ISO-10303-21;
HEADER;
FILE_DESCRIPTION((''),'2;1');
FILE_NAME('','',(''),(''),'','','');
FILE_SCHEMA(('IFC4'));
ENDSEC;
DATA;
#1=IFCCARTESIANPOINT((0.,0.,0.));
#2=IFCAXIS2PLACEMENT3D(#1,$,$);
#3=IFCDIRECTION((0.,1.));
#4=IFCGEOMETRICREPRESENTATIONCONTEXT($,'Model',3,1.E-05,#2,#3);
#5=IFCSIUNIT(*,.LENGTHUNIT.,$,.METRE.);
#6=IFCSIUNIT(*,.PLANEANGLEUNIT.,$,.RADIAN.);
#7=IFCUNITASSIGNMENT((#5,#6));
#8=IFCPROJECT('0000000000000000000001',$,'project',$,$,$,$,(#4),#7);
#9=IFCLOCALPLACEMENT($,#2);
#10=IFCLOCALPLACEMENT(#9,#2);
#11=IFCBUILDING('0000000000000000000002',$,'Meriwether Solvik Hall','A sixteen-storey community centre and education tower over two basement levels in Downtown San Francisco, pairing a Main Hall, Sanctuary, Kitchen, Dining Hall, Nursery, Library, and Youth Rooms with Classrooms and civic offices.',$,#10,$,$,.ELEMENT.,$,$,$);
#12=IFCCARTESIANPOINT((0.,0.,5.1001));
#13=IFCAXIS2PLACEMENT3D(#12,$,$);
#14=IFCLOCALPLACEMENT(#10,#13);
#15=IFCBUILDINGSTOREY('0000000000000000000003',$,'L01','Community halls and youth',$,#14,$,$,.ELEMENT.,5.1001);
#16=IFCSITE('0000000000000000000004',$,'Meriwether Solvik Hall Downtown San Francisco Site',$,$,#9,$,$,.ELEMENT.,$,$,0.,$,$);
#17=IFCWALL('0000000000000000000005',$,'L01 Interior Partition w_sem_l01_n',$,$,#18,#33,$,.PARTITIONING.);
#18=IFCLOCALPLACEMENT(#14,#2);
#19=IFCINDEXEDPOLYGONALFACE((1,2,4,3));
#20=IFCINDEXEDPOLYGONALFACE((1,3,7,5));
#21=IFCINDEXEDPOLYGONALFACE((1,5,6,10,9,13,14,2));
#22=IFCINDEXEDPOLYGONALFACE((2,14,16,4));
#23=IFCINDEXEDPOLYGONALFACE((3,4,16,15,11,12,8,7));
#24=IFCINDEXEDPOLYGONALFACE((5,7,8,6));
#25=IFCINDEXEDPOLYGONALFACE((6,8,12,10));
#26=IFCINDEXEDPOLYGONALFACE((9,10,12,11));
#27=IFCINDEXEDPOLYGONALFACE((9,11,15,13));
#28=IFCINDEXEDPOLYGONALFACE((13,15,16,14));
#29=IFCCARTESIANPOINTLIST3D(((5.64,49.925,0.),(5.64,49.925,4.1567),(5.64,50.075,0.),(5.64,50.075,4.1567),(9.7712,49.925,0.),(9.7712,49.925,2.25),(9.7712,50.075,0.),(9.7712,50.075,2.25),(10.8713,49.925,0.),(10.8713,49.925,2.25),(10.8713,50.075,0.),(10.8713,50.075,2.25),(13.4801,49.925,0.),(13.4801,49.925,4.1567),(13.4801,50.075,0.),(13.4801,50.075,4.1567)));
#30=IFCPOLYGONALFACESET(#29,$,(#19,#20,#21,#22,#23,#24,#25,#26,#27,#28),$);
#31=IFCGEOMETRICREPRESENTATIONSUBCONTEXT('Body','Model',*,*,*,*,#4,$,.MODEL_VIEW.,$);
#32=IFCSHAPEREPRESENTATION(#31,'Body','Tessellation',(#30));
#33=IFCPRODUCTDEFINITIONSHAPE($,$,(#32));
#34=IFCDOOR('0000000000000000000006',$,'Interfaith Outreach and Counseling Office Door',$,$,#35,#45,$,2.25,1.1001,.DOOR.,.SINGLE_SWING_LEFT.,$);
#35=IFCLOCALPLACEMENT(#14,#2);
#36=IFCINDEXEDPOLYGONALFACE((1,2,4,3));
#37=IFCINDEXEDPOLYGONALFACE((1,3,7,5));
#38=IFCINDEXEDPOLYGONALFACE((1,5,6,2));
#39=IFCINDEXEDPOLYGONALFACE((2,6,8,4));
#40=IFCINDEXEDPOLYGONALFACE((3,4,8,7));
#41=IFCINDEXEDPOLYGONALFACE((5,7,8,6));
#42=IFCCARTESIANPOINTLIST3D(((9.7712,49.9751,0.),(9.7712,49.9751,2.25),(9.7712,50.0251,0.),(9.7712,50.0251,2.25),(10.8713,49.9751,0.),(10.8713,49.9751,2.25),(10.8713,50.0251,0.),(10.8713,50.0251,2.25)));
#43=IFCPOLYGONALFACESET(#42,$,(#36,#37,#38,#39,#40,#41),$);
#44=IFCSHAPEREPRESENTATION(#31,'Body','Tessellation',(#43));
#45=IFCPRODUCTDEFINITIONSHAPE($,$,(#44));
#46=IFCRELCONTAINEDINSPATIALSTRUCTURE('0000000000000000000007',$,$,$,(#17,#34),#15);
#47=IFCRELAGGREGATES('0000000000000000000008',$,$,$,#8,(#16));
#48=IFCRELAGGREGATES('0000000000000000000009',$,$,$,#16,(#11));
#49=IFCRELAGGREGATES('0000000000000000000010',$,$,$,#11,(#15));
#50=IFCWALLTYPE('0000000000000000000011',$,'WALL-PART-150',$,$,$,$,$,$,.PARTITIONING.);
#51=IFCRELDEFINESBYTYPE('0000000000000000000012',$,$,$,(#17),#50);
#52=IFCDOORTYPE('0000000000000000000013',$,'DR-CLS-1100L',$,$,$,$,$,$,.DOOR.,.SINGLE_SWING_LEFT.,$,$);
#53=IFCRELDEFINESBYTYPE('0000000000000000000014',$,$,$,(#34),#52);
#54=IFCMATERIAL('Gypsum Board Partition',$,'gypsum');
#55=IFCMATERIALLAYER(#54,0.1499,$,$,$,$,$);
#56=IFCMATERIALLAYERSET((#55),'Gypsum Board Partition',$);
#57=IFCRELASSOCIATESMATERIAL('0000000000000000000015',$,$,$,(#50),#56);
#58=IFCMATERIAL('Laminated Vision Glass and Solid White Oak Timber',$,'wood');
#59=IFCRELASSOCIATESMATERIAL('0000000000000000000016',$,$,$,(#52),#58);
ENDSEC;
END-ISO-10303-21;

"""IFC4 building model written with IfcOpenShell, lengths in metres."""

from ifc_helpers import new_model, si_unit, direction, frame, frame_2d, origin, place, context, subcontext, project, spatial, rectangle, extrude, material, layer, layer_set, type_object, element, fill, save


model = new_model("IFC4")

# Units and contexts
model_context = context("Model", 3, precision=1e-05, world=origin(), true_north=direction((0.0, 1.0)))
body_context = subcontext(model_context, "Body", "Model", "MODEL_VIEW")
ifc_project = project(units=[si_unit("LENGTHUNIT", "METRE"), si_unit("PLANEANGLEUNIT", "RADIAN")], contexts=[model_context])

# Site, building, storey
site_placement = place(None, origin())
site = spatial("IfcSite", under=ifc_project, at=site_placement, Name="Meriwether Solvik Hall Downtown San Francisco Site", CompositionType="ELEMENT", RefElevation=0.0)
building_placement = place(site_placement, origin())
building = spatial("IfcBuilding", under=site, at=building_placement, Name="Meriwether Solvik Hall", Description="A sixteen-storey community centre and education tower over two basement levels in Downtown San Francisco, pairing a Main Hall, Sanctuary, Kitchen, Dining Hall, Nursery, Library, and Youth Rooms with Classrooms and civic offices.", CompositionType="ELEMENT")
storey_placement = place(building_placement, frame((0.0, 0.0, 5.1001)))
storey = spatial("IfcBuildingStorey", under=building, at=storey_placement, Name="L01", Description="Community halls and youth", CompositionType="ELEMENT", Elevation=5.1001)

# Shared definitions
ifc_material_1 = material(Name="Gypsum Board Partition", Category="gypsum")
ifc_layer_1 = layer(ifc_material_1, 0.1499)
ifc_layer_set_1 = layer_set([ifc_layer_1], Name="Gypsum Board Partition")
wall_type_1 = type_object("IfcWallType", Name="WALL-PART-150", PredefinedType="PARTITIONING", material=ifc_layer_set_1)

# Wall, opening, door
wall_1_placement = place(storey_placement, frame((13.48, 50.0, 0.0), z_axis=(0.0, 0.0, 1.0), x_axis=(-1.0, 0.0, 0.0)))
wall_1 = element("IfcWall", 1, at=wall_1_placement, inside=storey, type_object=wall_type_1, Name="L01 Interior Partition w_sem_l01_n", PredefinedType="PARTITIONING", context=body_context, shape_type="SweptSolid", body=[
    extrude(rectangle(XDim=7.8401, YDim=0.1499, at=frame_2d((3.9199, 0.0))), origin(), (0.0, 0.0, 1.0), 4.1567),
])
opening_1_placement = place(wall_1_placement, frame((2.6086, 0.0, 0.0)))
opening_1 = element("IfcOpeningElement", 2, at=opening_1_placement, cuts=wall_1, PredefinedType="OPENING", context=body_context, shape_type="SweptSolid", body=[
    extrude(rectangle(XDim=1.1001, YDim=2.25, at=frame_2d((0.55, 1.125))), frame((0.0, 0.0869, 0.0), z_axis=(0.0, -1.0, 0.0), x_axis=(1.0, 0.0, 0.0)), (0.0, 0.0, 1.0), 0.1738),
])
ifc_material_2 = material(Name="Laminated Vision Glass and Solid White Oak Timber", Category="wood")
door_type = type_object("IfcDoorType", Name="DR-CLS-1100L", OperationType="SINGLE_SWING_LEFT", PredefinedType="DOOR", material=ifc_material_2)
door_placement = place(opening_1_placement, origin())
door = element("IfcDoor", 3, at=door_placement, inside=storey, type_object=door_type, Name="Interfaith Outreach and Counseling Office Door", OperationType="SINGLE_SWING_LEFT", OverallHeight=2.25, OverallWidth=1.1001, PredefinedType="DOOR", context=body_context, shape_type="SweptSolid", body=[
    extrude(rectangle(XDim=1.1001, YDim=2.25, at=frame_2d((0.55, 1.125))), frame((0.0, 0.0249, 0.0), z_axis=(0.0, -1.0, 0.0), x_axis=(1.0, 0.0, 0.0)), (0.0, 0.0, 1.0), 0.05),
])
fill(opening_1, door)

save(model, "model.ifc")
